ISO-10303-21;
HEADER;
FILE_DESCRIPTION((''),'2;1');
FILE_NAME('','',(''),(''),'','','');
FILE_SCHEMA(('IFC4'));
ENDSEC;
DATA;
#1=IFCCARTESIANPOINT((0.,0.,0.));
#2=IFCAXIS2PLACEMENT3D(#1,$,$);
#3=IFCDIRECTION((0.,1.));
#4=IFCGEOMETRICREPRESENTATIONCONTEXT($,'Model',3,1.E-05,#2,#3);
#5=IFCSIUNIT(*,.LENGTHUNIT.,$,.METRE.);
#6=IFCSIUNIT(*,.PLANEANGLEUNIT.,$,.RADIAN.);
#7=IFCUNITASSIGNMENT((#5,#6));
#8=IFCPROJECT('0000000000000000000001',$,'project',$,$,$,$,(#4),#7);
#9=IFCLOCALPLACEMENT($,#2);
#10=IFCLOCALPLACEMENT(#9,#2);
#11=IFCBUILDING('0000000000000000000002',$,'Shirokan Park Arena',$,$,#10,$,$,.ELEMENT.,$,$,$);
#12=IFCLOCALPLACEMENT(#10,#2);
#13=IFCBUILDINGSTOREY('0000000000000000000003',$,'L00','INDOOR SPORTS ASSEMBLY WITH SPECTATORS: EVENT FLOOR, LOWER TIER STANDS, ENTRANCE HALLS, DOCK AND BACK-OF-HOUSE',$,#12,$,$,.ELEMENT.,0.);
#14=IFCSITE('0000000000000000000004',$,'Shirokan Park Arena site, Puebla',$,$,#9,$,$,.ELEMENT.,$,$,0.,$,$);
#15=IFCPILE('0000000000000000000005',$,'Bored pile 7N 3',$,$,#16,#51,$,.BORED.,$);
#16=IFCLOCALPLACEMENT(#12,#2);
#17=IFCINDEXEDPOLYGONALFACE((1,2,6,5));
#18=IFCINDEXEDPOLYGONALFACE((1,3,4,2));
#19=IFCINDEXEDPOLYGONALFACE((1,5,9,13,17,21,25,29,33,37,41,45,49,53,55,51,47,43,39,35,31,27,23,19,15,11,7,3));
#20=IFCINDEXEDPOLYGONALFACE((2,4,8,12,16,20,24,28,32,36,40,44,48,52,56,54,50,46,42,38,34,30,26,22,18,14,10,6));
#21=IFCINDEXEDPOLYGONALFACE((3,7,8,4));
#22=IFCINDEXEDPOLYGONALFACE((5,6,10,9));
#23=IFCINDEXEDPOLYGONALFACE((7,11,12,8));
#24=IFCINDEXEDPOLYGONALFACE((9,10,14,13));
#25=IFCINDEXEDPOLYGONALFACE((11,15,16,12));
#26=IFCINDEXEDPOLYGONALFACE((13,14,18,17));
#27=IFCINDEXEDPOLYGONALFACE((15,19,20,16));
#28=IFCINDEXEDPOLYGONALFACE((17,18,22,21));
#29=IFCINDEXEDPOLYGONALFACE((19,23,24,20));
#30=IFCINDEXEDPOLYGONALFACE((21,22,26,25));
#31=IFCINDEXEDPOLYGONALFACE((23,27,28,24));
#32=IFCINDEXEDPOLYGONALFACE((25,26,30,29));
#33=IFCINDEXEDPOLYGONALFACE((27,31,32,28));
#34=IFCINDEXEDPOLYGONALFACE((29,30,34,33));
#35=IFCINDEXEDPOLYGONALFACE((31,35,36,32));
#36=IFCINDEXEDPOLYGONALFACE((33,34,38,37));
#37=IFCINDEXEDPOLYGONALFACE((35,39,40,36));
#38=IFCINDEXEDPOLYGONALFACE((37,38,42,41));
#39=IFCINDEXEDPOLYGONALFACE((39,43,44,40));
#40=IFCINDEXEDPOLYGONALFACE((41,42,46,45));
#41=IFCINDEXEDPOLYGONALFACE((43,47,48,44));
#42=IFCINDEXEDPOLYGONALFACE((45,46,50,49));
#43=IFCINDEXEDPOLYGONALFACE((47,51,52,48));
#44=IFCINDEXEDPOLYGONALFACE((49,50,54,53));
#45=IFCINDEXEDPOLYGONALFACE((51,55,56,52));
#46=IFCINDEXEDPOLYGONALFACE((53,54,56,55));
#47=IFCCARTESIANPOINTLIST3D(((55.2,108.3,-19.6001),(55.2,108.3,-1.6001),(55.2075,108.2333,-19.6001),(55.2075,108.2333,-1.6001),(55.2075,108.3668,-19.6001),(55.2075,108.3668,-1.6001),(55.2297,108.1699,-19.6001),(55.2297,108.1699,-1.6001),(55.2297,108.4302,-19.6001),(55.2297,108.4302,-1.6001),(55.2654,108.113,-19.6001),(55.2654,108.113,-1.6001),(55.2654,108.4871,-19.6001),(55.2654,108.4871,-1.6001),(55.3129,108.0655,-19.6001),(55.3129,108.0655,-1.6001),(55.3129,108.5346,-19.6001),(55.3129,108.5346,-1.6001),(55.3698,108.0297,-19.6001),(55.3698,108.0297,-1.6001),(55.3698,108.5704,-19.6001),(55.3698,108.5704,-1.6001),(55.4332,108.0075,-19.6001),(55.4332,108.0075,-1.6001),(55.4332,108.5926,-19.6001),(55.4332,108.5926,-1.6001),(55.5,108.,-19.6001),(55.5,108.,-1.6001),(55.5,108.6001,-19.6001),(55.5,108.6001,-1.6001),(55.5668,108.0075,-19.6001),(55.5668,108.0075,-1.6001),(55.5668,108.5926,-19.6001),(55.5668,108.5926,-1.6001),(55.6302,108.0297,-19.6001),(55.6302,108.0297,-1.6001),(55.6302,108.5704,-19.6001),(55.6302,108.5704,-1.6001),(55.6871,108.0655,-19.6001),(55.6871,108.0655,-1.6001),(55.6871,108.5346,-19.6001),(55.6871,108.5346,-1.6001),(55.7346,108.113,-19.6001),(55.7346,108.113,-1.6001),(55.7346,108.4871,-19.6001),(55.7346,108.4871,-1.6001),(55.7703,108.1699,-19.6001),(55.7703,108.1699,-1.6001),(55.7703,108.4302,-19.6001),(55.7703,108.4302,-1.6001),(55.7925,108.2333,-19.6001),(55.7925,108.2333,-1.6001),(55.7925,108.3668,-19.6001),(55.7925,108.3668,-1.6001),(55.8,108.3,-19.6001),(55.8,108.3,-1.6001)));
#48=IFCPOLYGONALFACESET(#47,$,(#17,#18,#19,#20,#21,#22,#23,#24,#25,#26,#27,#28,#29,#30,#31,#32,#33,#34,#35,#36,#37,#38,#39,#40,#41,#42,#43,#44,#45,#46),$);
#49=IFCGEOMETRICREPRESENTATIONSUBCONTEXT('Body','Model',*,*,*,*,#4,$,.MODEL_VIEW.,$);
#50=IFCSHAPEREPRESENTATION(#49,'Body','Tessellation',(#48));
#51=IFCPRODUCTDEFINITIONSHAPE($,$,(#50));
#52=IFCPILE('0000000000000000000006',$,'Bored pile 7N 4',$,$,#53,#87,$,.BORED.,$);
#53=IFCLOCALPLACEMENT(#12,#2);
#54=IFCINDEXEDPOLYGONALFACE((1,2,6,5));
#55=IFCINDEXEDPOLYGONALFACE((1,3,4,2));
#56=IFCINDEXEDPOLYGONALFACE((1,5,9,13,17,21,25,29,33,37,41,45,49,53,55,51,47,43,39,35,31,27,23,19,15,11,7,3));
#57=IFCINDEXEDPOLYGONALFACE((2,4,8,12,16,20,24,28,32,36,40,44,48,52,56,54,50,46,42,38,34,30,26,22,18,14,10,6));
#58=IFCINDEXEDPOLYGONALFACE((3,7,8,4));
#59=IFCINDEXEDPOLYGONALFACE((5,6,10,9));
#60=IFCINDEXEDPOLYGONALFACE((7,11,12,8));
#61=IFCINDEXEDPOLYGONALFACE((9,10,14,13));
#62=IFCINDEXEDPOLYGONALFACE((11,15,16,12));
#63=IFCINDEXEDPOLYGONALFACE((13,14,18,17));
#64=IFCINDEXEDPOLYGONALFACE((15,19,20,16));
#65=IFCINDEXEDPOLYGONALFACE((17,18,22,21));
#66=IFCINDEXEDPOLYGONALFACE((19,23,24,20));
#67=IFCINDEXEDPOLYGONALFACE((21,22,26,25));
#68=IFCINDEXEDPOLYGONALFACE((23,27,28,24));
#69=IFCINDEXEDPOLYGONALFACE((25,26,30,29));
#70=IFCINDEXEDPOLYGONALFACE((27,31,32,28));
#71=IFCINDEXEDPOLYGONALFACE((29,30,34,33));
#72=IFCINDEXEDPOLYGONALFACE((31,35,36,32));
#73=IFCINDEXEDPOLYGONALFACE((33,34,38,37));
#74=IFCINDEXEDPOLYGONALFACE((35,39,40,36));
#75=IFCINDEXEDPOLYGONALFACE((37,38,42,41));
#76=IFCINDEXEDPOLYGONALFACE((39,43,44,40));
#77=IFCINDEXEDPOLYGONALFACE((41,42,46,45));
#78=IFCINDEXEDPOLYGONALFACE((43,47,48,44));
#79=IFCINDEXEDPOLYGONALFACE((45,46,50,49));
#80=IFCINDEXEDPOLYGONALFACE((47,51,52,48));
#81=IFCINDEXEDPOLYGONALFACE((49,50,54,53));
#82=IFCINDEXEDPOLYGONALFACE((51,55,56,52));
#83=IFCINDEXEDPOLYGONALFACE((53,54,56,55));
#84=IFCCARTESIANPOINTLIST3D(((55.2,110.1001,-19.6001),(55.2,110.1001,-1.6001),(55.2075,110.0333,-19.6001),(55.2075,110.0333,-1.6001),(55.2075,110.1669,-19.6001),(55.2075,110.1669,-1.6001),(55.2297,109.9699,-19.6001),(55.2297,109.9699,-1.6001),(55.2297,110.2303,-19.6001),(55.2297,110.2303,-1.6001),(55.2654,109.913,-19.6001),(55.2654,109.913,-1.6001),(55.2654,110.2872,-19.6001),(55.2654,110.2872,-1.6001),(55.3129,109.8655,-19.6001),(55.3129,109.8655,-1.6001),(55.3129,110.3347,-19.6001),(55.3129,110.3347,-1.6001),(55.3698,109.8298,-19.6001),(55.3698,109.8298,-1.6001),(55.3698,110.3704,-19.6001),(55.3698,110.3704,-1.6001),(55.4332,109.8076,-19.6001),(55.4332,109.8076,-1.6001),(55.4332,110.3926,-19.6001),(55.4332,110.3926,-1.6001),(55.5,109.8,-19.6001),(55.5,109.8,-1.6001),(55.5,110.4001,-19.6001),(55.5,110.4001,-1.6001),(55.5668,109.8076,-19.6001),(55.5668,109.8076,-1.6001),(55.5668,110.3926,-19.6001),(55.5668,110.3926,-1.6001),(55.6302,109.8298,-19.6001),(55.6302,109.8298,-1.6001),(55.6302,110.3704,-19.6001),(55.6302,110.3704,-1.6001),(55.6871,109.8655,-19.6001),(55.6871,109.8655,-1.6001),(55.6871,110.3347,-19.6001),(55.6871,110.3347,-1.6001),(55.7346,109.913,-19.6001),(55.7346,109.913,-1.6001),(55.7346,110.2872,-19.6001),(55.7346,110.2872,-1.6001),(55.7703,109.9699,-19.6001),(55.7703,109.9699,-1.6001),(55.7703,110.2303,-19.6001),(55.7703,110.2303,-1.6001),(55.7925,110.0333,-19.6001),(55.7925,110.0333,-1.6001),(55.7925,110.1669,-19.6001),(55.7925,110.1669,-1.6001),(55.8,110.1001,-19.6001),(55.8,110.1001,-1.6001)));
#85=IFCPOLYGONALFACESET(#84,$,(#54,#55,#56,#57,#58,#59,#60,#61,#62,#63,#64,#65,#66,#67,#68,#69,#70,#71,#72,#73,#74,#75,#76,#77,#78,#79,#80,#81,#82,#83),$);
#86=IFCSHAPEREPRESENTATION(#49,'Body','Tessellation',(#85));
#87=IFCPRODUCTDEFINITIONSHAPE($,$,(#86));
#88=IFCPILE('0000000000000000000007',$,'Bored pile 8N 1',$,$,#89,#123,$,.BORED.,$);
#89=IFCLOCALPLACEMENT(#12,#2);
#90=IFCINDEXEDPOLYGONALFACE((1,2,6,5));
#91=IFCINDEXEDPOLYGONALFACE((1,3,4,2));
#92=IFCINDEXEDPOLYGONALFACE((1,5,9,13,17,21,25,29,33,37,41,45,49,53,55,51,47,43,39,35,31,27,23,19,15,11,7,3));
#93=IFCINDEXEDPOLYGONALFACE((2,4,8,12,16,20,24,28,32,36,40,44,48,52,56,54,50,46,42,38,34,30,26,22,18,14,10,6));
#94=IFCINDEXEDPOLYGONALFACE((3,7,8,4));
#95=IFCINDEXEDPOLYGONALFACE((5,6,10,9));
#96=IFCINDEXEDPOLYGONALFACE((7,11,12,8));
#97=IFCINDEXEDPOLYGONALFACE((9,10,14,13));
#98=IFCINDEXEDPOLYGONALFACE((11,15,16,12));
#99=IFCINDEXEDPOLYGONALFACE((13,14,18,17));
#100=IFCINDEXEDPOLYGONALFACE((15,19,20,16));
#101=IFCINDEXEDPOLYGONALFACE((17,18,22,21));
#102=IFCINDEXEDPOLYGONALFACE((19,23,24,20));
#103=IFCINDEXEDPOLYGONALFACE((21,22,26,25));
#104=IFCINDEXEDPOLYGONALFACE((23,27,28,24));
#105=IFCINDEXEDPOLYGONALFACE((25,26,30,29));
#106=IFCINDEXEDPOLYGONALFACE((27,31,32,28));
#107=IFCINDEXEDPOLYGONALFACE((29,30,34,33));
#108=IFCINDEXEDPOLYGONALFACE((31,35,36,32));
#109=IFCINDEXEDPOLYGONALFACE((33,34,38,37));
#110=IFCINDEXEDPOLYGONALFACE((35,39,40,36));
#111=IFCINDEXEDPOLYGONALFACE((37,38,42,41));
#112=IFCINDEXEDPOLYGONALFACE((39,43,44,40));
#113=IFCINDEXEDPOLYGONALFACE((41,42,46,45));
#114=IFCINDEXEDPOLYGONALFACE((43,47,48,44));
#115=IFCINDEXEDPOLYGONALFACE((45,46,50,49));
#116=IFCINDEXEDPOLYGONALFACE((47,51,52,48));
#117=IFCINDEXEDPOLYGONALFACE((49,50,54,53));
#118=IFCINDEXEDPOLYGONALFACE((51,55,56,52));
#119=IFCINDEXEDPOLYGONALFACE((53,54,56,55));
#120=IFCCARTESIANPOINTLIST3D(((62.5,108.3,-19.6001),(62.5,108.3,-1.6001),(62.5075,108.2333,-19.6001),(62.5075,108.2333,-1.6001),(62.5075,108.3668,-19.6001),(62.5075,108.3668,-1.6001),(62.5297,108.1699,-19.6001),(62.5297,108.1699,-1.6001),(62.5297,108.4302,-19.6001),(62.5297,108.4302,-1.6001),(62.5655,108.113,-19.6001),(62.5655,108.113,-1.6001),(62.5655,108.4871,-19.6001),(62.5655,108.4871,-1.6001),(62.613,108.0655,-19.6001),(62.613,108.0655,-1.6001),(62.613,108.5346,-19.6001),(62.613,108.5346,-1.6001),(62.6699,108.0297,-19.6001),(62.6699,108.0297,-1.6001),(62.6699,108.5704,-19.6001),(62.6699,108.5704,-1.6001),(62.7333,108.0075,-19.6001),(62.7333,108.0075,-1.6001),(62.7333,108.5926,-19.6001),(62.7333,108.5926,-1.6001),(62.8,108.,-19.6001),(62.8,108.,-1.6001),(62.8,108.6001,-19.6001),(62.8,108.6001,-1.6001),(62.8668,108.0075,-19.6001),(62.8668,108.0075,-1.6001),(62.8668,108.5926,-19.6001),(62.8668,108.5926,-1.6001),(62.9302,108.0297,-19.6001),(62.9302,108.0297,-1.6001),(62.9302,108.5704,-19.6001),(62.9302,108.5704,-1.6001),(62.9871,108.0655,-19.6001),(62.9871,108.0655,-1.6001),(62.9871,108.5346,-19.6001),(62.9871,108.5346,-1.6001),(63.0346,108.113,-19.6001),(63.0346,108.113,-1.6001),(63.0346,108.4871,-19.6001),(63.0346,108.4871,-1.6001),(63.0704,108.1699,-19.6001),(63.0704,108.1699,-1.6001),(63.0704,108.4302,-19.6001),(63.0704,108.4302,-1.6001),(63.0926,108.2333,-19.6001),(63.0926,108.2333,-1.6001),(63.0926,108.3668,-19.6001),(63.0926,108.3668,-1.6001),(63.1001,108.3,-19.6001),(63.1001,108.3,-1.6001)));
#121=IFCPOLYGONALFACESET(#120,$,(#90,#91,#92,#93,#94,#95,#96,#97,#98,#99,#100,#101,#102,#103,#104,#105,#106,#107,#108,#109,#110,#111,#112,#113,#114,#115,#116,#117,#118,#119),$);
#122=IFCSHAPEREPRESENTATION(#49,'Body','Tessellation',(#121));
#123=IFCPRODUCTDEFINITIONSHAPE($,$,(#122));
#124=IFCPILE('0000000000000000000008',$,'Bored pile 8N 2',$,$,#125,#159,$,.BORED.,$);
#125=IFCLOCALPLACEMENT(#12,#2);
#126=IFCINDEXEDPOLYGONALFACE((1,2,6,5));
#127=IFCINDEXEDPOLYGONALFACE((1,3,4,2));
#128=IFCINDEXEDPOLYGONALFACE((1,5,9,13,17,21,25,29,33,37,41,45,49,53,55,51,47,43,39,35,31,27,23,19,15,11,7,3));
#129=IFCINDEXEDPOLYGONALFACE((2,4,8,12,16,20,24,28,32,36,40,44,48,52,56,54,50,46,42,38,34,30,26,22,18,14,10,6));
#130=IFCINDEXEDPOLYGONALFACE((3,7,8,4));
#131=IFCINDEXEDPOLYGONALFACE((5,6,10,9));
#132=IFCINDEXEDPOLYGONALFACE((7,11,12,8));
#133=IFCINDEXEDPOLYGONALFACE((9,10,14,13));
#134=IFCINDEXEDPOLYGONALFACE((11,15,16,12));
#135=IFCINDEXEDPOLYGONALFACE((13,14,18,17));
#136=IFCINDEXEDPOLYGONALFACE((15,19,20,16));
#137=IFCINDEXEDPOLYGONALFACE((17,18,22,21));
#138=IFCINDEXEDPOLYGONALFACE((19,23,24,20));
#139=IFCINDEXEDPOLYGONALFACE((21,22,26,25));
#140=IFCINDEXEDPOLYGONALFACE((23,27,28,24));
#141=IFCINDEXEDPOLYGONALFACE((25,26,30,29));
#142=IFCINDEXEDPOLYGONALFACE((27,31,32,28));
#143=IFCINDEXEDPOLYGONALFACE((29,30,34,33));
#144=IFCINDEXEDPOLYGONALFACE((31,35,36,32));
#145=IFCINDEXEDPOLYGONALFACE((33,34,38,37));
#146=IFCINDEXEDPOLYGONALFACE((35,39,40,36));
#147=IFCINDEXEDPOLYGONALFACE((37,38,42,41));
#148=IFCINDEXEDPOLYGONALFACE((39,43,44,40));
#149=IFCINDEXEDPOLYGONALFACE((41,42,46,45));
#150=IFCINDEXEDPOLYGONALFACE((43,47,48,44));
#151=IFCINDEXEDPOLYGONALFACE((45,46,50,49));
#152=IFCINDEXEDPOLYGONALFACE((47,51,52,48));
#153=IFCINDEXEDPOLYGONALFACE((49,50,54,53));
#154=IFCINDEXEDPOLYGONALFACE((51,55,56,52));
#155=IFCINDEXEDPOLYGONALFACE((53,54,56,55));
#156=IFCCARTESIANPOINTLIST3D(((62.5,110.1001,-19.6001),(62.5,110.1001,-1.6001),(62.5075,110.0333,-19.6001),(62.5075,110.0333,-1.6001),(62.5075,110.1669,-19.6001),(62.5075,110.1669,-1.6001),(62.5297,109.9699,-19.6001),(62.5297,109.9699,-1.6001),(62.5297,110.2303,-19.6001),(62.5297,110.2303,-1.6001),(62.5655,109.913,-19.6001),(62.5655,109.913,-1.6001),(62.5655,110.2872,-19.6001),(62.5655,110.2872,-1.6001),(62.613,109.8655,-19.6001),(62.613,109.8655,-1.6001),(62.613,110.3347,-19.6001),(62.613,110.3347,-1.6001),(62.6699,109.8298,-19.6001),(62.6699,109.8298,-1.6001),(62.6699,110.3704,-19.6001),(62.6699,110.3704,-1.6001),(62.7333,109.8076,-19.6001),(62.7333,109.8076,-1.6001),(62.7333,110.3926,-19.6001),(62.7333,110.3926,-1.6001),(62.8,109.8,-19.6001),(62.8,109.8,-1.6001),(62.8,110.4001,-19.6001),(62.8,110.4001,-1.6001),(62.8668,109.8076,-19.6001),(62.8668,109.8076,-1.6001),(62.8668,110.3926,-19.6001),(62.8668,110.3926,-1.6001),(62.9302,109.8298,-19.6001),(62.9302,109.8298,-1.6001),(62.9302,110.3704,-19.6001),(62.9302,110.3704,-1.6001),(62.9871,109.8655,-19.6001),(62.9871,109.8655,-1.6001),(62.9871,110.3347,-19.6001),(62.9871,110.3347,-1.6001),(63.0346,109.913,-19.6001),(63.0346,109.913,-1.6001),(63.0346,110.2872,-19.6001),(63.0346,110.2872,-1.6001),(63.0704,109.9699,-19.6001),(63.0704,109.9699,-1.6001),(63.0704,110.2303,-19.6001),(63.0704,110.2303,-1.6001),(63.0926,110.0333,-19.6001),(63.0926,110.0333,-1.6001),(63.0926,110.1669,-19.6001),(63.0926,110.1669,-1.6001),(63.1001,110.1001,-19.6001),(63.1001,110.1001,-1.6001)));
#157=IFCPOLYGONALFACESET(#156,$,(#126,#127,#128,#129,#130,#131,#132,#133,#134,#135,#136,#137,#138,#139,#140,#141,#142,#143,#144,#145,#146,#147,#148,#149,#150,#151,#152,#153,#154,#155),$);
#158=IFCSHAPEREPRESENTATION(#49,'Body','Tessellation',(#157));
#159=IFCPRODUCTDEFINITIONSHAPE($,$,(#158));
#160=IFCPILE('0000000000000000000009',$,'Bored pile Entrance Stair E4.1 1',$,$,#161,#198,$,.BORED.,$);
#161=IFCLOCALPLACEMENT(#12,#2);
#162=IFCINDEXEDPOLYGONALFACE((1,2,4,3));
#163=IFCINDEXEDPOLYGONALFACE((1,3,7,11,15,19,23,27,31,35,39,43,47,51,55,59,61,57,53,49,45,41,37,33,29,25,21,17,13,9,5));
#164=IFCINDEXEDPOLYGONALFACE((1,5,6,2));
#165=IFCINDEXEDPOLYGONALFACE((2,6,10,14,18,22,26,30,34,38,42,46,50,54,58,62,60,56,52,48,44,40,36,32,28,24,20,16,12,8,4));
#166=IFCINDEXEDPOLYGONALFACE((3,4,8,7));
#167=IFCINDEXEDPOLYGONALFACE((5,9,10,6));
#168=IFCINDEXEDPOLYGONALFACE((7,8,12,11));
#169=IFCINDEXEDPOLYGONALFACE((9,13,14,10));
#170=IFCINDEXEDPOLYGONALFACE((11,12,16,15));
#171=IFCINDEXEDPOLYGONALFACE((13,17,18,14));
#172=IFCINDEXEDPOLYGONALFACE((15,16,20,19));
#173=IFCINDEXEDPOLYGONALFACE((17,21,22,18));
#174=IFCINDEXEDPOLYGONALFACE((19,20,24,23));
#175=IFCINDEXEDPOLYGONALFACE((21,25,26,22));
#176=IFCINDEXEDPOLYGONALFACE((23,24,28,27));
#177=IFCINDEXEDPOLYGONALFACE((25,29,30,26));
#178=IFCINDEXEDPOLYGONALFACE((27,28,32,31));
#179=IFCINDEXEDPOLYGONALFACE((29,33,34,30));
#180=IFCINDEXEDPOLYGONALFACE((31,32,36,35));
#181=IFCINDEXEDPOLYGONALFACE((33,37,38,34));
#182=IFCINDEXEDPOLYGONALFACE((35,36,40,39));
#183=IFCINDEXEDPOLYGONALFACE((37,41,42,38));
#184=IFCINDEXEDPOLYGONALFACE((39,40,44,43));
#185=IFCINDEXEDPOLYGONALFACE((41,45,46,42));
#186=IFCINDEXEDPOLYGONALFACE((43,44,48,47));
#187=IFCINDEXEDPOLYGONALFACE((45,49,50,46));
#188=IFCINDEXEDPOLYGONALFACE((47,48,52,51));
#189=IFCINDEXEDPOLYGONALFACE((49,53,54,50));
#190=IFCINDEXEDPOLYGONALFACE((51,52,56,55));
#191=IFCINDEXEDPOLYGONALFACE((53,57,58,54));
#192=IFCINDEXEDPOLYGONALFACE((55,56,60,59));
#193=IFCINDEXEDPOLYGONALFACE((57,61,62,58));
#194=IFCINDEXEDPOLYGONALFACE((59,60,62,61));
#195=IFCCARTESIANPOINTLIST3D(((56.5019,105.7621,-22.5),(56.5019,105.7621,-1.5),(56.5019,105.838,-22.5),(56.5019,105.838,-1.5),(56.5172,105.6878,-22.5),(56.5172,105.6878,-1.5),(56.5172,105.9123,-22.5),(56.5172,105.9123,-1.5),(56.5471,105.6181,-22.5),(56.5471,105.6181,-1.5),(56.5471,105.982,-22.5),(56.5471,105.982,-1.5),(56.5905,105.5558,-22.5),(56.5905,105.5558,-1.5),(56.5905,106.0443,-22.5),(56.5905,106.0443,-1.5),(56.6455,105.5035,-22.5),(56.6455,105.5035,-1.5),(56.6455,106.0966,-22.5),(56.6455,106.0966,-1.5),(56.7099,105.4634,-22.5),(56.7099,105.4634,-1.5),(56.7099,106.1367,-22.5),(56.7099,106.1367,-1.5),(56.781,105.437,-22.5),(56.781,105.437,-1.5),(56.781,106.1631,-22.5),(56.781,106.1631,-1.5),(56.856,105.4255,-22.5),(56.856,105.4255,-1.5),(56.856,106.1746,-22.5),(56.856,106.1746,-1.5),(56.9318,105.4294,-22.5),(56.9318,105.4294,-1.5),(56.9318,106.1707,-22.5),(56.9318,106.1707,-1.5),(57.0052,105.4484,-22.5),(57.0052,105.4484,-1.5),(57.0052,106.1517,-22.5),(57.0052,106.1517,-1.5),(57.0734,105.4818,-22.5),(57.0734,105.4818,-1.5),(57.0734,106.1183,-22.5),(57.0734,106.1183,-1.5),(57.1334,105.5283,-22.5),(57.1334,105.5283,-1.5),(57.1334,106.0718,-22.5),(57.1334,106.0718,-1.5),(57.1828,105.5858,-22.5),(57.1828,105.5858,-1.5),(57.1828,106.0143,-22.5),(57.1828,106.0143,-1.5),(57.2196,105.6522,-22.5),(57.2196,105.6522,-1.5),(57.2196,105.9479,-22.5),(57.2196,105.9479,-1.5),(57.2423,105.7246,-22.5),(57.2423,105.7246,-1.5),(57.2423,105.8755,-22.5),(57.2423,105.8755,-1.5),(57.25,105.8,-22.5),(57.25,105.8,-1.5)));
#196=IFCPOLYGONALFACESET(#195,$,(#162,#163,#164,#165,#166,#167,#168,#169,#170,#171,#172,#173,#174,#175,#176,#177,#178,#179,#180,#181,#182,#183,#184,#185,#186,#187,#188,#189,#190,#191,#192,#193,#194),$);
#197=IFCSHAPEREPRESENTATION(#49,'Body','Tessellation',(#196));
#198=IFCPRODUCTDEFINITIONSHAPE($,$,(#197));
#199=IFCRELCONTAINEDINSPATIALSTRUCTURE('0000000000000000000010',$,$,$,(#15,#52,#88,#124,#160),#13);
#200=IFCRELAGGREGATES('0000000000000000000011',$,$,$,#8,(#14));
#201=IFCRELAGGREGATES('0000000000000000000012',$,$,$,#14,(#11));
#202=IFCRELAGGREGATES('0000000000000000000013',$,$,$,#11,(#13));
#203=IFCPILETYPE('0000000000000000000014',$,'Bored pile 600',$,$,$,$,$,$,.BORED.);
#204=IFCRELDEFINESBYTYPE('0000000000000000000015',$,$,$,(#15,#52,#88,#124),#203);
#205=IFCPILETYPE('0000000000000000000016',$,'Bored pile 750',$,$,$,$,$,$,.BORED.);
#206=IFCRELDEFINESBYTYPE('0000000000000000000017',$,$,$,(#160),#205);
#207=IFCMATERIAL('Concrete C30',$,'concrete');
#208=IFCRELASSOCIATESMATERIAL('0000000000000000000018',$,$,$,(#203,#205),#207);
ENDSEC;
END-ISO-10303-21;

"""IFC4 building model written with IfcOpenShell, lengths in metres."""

from ifc_helpers import new_model, si_unit, direction, frame, origin, origin_2d, place, context, subcontext, project, spatial, circle, extrude, material, material_profile, profile_set, type_object, element, save


model = new_model("IFC4")

# Units and contexts
model_context = context("Model", 3, precision=1e-05, world=origin(), true_north=direction((0.0, 1.0)))
body_context = subcontext(model_context, "Body", "Model", "MODEL_VIEW")
ifc_project = project(units=[si_unit("LENGTHUNIT", "METRE"), si_unit("PLANEANGLEUNIT", "RADIAN")], contexts=[model_context])

# Site, building, storey
site_placement = place(None, origin())
site = spatial("IfcSite", under=ifc_project, at=site_placement, Name="Shirokan Park Arena site, Puebla", CompositionType="ELEMENT", RefElevation=0.0)
building_placement = place(site_placement, origin())
building = spatial("IfcBuilding", under=site, at=building_placement, Name="Shirokan Park Arena", CompositionType="ELEMENT")
storey_placement = place(building_placement, origin())
storey = spatial("IfcBuildingStorey", under=building, at=storey_placement, Name="L00", Description="INDOOR SPORTS ASSEMBLY WITH SPECTATORS: EVENT FLOOR, LOWER TIER STANDS, ENTRANCE HALLS, DOCK AND BACK-OF-HOUSE", CompositionType="ELEMENT", Elevation=0.0)

# Piles
ifc_material_1 = material(Name="Concrete C30", Category="concrete")
ifc_material_profile_1 = material_profile(ifc_material_1, circle(Radius=0.3, at=origin_2d()), Name="D600")
ifc_profile_set_1 = profile_set([ifc_material_profile_1], Name="Concrete C30")
pile_type_1 = type_object("IfcPileType", Name="Bored pile 600", PredefinedType="BORED", material=ifc_profile_set_1)
for number, where, z_axis, x_axis, name in (
    (1, (55.5, 108.3, -1.6001), (0.0, 0.0, -1.0), (1.0, 0.0, 0.0), "Bored pile 7N 3"),
    (2, (55.5, 110.1001, -1.6001), (0.0, 0.0, -1.0), (1.0, 0.0, 0.0), "Bored pile 7N 4"),
    (3, (62.8, 108.3, -1.6001), (0.0, 0.0, -1.0), (1.0, 0.0, 0.0), "Bored pile 8N 1"),
    (4, (62.8, 110.1001, -1.6001), (0.0, 0.0, -1.0), (1.0, 0.0, 0.0), "Bored pile 8N 2"),
):
    element("IfcPile", number, at=place(storey_placement, frame(where, z_axis=z_axis, x_axis=x_axis)), inside=storey, type_object=pile_type_1, Name=name, PredefinedType="BORED", context=body_context, shape_type="SweptSolid", body=[
        extrude(circle(Radius=0.3, at=origin_2d()), origin(), (0.0, 0.0, 1.0), 18.0),
    ])
ifc_material_profile_2 = material_profile(ifc_material_1, circle(Radius=0.375, at=origin_2d()), Name="D750")
ifc_profile_set_2 = profile_set([ifc_material_profile_2], Name="Concrete C30")
pile_type_2 = type_object("IfcPileType", Name="Bored pile 750", PredefinedType="BORED", material=ifc_profile_set_2)
for number, where, z_axis, x_axis, name in (
    (5, (56.875, 105.8, -1.5), (0.0, 0.0, -1.0), (1.0, 0.0, 0.0), "Bored pile Entrance Stair E4.1 1"),
):
    element("IfcPile", number, at=place(storey_placement, frame(where, z_axis=z_axis, x_axis=x_axis)), inside=storey, type_object=pile_type_2, Name=name, PredefinedType="BORED", context=body_context, shape_type="SweptSolid", body=[
        extrude(circle(Radius=0.375, at=origin_2d()), origin(), (0.0, 0.0, 1.0), 21.0),
    ])

save(model, "model.ifc")
